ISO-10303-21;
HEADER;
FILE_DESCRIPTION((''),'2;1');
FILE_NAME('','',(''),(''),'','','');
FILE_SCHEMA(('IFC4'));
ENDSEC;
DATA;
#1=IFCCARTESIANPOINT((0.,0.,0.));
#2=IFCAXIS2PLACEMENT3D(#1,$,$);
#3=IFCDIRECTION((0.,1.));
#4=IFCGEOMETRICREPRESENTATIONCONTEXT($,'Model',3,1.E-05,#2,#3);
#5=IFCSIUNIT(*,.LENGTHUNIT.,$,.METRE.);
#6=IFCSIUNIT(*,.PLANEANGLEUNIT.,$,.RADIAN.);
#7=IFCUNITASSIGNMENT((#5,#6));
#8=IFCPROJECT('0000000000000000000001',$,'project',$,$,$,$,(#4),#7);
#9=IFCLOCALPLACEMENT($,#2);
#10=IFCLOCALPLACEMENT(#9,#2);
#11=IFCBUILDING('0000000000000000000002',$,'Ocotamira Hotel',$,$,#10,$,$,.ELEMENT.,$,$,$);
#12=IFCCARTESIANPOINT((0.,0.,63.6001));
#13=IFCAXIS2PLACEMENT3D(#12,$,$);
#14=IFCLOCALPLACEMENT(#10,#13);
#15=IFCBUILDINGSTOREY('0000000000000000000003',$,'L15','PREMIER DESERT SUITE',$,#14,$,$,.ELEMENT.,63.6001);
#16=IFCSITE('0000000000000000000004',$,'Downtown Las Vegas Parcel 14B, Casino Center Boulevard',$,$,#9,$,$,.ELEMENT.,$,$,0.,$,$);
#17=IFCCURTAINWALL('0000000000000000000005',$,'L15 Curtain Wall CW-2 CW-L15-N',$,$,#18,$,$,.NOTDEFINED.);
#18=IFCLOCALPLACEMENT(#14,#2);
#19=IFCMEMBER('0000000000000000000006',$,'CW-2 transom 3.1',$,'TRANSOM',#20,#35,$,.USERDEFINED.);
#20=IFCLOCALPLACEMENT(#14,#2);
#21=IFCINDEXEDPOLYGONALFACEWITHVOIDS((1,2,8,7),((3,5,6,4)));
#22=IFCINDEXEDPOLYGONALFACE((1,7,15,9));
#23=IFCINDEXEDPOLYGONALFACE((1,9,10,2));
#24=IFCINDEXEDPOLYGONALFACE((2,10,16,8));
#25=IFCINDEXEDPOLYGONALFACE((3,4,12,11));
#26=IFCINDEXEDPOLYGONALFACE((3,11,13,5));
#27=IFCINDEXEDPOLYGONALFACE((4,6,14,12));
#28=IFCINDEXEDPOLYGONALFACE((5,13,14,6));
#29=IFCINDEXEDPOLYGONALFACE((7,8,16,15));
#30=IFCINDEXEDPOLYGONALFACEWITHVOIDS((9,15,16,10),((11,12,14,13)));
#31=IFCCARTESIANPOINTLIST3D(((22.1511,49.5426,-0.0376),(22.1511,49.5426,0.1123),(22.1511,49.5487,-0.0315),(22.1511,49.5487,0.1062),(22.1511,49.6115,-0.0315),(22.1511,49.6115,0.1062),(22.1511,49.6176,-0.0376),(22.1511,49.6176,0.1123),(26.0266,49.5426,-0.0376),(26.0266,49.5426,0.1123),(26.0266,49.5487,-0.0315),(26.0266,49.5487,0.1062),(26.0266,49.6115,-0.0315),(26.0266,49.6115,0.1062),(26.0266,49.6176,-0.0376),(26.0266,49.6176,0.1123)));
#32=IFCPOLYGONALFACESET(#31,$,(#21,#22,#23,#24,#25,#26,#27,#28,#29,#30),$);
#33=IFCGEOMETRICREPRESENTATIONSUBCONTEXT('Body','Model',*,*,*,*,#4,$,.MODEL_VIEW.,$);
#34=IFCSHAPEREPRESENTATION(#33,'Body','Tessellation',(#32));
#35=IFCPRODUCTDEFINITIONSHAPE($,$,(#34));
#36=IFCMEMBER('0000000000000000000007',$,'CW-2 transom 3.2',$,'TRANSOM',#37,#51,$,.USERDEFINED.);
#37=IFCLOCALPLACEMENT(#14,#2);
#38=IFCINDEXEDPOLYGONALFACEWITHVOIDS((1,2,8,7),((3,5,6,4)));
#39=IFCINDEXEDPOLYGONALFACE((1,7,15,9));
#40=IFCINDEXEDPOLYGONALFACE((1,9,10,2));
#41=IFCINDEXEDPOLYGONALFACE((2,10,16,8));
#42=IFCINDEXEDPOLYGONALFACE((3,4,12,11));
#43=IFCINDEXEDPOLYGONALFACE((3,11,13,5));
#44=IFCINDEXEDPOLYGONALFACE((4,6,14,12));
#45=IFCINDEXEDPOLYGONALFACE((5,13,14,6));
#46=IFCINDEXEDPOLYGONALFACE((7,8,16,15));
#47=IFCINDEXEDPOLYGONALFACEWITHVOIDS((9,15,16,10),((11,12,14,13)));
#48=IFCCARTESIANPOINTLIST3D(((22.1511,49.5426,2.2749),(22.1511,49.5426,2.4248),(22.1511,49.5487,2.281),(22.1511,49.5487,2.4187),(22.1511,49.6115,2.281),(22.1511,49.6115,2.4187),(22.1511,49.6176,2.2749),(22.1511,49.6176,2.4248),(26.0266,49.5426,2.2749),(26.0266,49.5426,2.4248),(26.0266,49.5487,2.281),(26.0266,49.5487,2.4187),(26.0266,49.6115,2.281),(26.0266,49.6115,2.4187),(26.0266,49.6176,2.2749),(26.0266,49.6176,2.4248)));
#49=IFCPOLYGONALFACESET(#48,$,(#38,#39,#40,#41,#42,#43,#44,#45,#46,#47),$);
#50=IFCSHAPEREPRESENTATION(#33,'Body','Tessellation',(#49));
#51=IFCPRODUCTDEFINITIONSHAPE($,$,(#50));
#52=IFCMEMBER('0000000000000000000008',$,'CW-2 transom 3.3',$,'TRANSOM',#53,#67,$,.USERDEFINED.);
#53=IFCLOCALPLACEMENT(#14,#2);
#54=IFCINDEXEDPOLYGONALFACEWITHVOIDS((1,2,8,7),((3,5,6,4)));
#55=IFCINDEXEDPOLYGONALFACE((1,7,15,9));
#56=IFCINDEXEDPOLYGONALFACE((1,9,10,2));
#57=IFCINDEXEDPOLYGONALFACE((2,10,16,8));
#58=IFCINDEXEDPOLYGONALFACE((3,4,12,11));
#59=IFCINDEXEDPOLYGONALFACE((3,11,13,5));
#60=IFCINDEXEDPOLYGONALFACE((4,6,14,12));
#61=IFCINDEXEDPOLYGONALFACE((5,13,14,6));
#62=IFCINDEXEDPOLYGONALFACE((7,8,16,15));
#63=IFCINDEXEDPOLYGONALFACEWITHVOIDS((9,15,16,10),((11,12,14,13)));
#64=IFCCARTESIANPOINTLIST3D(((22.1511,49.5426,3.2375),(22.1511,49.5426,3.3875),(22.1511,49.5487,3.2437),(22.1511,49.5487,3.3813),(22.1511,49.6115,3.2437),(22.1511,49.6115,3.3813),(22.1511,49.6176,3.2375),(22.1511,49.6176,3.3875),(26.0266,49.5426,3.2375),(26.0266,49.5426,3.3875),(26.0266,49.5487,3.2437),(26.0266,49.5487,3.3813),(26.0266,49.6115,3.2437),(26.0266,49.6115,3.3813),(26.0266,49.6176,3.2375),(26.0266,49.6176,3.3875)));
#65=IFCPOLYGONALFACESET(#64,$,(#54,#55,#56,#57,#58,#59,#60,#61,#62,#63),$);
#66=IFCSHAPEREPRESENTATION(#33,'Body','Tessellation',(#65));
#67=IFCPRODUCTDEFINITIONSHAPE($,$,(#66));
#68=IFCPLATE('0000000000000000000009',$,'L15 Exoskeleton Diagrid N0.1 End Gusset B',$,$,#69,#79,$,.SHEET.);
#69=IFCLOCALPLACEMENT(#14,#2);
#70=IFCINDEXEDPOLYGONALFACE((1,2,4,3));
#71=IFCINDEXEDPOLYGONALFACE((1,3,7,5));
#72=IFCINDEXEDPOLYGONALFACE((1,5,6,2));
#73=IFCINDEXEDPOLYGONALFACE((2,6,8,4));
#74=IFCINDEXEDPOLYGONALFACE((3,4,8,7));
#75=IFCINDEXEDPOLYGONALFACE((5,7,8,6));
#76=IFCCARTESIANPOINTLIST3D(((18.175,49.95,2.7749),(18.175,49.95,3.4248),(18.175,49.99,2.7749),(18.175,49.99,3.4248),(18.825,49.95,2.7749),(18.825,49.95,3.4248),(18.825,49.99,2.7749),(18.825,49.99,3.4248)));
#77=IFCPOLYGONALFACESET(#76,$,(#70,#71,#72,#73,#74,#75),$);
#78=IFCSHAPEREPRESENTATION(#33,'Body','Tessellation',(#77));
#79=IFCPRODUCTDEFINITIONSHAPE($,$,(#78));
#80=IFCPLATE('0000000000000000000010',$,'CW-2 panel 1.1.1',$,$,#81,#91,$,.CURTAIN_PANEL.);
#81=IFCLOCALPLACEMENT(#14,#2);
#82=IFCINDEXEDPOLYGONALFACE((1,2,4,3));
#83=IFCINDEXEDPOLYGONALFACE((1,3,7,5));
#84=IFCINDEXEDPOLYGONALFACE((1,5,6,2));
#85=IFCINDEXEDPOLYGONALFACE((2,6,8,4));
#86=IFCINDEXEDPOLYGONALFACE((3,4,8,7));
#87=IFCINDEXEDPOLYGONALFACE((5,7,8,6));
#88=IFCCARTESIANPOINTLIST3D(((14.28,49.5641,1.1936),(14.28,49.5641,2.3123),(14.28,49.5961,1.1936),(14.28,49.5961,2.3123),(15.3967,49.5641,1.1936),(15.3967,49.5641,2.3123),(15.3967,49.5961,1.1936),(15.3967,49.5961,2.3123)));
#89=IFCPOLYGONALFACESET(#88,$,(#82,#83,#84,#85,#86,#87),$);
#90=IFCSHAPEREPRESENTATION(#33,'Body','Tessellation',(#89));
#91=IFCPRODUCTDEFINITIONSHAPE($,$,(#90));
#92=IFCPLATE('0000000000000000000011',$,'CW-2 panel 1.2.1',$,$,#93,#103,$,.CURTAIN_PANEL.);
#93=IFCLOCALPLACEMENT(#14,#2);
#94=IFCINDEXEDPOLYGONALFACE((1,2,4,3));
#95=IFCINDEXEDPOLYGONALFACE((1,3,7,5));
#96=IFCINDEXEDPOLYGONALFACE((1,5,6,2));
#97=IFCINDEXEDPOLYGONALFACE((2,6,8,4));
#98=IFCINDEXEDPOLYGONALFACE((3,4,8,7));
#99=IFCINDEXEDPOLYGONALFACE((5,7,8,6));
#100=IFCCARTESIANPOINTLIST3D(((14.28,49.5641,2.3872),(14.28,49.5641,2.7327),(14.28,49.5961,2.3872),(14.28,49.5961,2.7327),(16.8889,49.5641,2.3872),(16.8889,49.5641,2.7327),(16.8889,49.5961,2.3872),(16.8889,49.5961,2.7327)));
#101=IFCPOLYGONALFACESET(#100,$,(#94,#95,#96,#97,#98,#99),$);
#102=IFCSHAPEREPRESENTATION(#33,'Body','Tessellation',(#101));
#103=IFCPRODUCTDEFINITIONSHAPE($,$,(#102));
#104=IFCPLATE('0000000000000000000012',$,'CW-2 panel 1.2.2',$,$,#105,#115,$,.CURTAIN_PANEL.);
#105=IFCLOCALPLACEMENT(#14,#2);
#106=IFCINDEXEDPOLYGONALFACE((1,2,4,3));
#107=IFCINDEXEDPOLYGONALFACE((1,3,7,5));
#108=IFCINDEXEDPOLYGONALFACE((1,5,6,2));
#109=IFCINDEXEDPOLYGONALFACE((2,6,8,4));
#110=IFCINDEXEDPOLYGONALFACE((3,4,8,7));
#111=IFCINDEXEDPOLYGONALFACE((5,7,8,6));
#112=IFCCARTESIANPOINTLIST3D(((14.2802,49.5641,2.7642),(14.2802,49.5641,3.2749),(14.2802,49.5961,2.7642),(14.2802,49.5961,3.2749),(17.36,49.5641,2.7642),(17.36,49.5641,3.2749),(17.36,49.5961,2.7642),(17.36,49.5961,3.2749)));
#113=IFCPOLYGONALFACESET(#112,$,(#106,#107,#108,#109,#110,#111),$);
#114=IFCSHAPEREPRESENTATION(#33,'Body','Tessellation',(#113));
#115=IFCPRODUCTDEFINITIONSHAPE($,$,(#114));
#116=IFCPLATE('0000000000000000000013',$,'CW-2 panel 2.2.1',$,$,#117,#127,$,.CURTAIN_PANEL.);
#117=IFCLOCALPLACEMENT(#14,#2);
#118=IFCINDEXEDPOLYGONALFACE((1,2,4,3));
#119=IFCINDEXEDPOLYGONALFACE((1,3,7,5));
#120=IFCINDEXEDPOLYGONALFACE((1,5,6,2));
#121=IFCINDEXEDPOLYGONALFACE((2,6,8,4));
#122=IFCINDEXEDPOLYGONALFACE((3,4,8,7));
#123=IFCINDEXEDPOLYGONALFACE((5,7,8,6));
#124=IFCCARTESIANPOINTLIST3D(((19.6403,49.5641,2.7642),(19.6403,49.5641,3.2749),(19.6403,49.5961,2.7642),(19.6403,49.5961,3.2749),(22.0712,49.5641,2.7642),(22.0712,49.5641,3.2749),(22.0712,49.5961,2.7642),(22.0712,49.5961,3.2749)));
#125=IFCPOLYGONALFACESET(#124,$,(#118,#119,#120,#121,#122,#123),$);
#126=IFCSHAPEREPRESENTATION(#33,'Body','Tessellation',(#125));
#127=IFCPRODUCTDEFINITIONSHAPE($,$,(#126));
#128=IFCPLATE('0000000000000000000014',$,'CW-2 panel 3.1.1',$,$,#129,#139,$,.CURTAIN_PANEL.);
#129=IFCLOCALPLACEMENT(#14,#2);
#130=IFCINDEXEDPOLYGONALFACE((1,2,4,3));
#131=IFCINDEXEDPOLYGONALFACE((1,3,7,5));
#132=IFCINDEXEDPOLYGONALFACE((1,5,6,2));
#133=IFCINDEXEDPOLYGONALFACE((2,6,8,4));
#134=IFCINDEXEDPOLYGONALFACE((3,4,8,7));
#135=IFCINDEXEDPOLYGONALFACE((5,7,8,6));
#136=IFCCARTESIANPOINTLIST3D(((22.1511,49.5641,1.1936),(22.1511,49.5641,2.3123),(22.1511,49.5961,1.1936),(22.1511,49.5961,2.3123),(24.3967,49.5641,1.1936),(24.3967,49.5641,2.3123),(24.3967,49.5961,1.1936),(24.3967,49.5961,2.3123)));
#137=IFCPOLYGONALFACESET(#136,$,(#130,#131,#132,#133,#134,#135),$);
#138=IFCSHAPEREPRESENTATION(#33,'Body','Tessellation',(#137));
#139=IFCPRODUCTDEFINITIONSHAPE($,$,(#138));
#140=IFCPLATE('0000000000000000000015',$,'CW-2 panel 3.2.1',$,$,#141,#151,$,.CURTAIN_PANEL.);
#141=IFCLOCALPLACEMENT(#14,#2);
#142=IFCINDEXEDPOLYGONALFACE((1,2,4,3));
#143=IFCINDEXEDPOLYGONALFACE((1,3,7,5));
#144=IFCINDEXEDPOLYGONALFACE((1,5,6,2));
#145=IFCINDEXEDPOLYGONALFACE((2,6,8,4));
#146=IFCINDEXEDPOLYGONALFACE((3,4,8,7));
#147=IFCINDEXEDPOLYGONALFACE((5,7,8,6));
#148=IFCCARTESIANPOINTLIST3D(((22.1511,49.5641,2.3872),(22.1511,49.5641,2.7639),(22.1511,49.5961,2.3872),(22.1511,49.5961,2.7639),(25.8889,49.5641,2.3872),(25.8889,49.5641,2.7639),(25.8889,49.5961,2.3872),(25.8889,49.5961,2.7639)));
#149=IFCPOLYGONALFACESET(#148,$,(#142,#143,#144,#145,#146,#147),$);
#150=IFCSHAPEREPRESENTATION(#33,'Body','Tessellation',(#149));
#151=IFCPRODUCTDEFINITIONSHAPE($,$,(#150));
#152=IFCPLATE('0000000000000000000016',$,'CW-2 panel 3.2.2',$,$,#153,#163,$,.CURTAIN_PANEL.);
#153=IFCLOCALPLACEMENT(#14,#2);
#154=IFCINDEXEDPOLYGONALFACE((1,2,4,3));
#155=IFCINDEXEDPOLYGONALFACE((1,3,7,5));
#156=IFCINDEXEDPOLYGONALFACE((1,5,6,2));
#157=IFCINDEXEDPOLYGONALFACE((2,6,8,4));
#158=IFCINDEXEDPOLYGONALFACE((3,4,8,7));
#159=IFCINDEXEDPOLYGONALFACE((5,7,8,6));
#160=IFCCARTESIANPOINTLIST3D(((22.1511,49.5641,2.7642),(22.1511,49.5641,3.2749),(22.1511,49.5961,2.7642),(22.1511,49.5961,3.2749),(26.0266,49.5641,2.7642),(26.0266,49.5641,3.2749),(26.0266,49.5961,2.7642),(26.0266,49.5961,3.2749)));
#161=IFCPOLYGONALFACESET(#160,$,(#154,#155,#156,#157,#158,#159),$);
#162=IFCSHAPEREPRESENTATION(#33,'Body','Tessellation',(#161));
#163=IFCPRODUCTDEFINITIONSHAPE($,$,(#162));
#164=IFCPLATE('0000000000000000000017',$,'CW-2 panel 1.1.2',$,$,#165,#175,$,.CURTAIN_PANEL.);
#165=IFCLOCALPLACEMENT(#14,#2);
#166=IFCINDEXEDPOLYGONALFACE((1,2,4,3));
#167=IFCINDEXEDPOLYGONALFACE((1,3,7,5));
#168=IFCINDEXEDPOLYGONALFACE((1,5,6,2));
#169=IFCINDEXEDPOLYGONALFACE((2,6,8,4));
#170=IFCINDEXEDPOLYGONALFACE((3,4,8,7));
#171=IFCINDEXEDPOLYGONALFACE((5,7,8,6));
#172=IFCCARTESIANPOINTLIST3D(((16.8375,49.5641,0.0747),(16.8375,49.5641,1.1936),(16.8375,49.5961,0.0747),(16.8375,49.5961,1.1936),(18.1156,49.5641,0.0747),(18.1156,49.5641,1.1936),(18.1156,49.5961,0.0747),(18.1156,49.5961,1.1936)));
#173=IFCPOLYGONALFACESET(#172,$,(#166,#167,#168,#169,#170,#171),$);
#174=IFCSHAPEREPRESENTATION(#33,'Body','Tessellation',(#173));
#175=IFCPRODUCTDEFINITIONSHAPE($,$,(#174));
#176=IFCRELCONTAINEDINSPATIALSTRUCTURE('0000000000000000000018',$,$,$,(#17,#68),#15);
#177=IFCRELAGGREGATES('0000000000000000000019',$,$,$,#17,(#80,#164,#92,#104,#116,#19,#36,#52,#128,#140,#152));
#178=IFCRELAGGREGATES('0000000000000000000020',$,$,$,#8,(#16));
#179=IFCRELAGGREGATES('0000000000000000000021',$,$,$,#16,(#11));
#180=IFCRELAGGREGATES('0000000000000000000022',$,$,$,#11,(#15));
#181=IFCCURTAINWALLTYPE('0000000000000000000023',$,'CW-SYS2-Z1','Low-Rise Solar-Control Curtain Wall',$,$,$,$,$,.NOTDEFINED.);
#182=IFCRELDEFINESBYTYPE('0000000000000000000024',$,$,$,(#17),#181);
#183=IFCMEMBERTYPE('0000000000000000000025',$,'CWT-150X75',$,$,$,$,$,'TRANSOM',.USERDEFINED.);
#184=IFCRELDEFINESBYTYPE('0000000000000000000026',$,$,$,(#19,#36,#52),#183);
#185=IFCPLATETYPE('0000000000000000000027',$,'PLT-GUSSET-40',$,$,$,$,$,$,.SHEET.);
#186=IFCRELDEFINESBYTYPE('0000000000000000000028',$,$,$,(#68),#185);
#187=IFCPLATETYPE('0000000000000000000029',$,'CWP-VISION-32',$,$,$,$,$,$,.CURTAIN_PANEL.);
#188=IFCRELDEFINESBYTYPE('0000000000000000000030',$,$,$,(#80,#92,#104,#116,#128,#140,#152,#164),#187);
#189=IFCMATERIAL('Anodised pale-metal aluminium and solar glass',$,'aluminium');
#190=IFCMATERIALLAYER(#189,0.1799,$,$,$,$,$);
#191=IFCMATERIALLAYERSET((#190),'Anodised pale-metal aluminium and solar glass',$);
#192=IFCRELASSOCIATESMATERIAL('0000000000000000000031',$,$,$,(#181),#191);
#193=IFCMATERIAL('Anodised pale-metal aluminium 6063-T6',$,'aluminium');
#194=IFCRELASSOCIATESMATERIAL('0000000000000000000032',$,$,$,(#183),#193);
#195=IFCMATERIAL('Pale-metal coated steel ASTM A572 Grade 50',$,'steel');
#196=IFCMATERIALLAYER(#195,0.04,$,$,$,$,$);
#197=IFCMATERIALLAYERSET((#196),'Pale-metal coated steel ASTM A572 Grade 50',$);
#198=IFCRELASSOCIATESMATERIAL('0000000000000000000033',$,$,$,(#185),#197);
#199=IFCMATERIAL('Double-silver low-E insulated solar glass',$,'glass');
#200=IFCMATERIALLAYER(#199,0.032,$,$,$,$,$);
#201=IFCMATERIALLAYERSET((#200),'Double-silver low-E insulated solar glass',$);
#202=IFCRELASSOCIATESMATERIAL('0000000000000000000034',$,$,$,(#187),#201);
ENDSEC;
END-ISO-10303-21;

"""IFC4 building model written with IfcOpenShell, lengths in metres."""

from ifc_helpers import new_model, si_unit, direction, frame, origin, origin_2d, place, context, subcontext, project, spatial, rectangle, hollow_rectangle, extrude, source, transform, mapped, material, layer, layer_set, material_profile, profile_set, type_object, element, aggregate, save


model = new_model("IFC4")

# Units and contexts
model_context = context("Model", 3, precision=1e-05, world=origin(), true_north=direction((0.0, 1.0)))
body_context = subcontext(model_context, "Body", "Model", "MODEL_VIEW")
ifc_project = project(units=[si_unit("LENGTHUNIT", "METRE"), si_unit("PLANEANGLEUNIT", "RADIAN")], contexts=[model_context])

# Site, building, storey
site_placement = place(None, origin())
site = spatial("IfcSite", under=ifc_project, at=site_placement, Name="Downtown Las Vegas Parcel 14B, Casino Center Boulevard", CompositionType="ELEMENT", RefElevation=0.0)
building_placement = place(site_placement, origin())
building = spatial("IfcBuilding", under=site, at=building_placement, Name="Ocotamira Hotel", CompositionType="ELEMENT")
storey_placement = place(building_placement, frame((0.0, 0.0, 63.6001)))
storey = spatial("IfcBuildingStorey", under=building, at=storey_placement, Name="L15", Description="PREMIER DESERT SUITE", CompositionType="ELEMENT", Elevation=63.6001)

# Curtain wall, members
ifc_material_1 = material(Name="Anodised pale-metal aluminium and solar glass", Category="aluminium")
ifc_layer_1 = layer(ifc_material_1, 0.1799)
ifc_layer_set_1 = layer_set([ifc_layer_1], Name="Anodised pale-metal aluminium and solar glass")
curtain_wall_type = type_object("IfcCurtainWallType", Name="CW-SYS2-Z1", Description="Low-Rise Solar-Control Curtain Wall", PredefinedType="NOTDEFINED", material=ifc_layer_set_1)
curtain_wall_placement = place(storey_placement, origin())
curtain_wall = element("IfcCurtainWall", 1, at=curtain_wall_placement, inside=storey, type_object=curtain_wall_type, Name="L15 Curtain Wall CW-2 CW-L15-N", PredefinedType="NOTDEFINED")
ifc_material_2 = material(Name="Anodised pale-metal aluminium 6063-T6", Category="aluminium")
ifc_material_profile_1 = material_profile(ifc_material_2, hollow_rectangle(XDim=0.075, YDim=0.1499, WallThickness=0.0061, at=origin_2d()), Name="HSS150X75X6")
ifc_profile_set_1 = profile_set([ifc_material_profile_1], Name="Anodised pale-metal aluminium 6063-T6")
member_type_1 = type_object("IfcMemberType", Name="CWT-150X75", ElementType="TRANSOM", PredefinedType="USERDEFINED", material=ifc_profile_set_1)
shared_shape_1 = source(origin(), body_context, "Body", "SweptSolid", [
    extrude(hollow_rectangle(XDim=0.075, YDim=0.1499, WallThickness=0.0061, at=origin_2d()), origin(), (0.0, 0.0, 1.0), 3.8755),
])
member_1_placement = place(storey_placement, frame((22.1511, 49.5801, 0.0374), z_axis=(1.0, 0.0, 0.0), x_axis=(0.0, 1.0, 0.0)))
member_1 = element("IfcMember", 2, at=member_1_placement, type_object=member_type_1, Name="CW-2 transom 3.1", ObjectType="TRANSOM", PredefinedType="USERDEFINED", context=body_context, shape_type="MappedRepresentation", body=[
    mapped(shared_shape_1, transform((0.0, 0.0, 0.0), scale=1.0)),
])
member_2_placement = place(storey_placement, frame((22.1511, 49.5801, 2.3499), z_axis=(1.0, 0.0, 0.0), x_axis=(0.0, 1.0, 0.0)))
member_2 = element("IfcMember", 3, at=member_2_placement, type_object=member_type_1, Name="CW-2 transom 3.2", ObjectType="TRANSOM", PredefinedType="USERDEFINED", context=body_context, shape_type="MappedRepresentation", body=[
    mapped(shared_shape_1, transform((0.0, 0.0, 0.0), scale=1.0)),
])
member_3_placement = place(storey_placement, frame((22.1511, 49.5801, 3.3125), z_axis=(1.0, 0.0, 0.0), x_axis=(0.0, 1.0, 0.0)))
member_3 = element("IfcMember", 4, at=member_3_placement, type_object=member_type_1, Name="CW-2 transom 3.3", ObjectType="TRANSOM", PredefinedType="USERDEFINED", context=body_context, shape_type="MappedRepresentation", body=[
    mapped(shared_shape_1, transform((0.0, 0.0, 0.0), scale=1.0)),
])

# Plates
ifc_material_3 = material(Name="Pale-metal coated steel ASTM A572 Grade 50", Category="steel")
ifc_layer_2 = layer(ifc_material_3, 0.04)
ifc_layer_set_2 = layer_set([ifc_layer_2], Name="Pale-metal coated steel ASTM A572 Grade 50")
plate_type_1 = type_object("IfcPlateType", Name="PLT-GUSSET-40", PredefinedType="SHEET", material=ifc_layer_set_2)
shared_shape_2 = source(origin(), body_context, "Body", "SweptSolid", [
    extrude(rectangle(XDim=0.6499, YDim=0.04, at=origin_2d()), origin(), (0.0, 0.0, 1.0), 0.6499),
])
plate_1_placement = place(storey_placement, frame((18.5, 49.97, 2.7749), z_axis=(0.0, 0.0, 1.0), x_axis=(1.0, 0.0, 0.0)))
element("IfcPlate", 5, at=plate_1_placement, inside=storey, type_object=plate_type_1, Name="L15 Exoskeleton Diagrid N0.1 End Gusset B", PredefinedType="SHEET", context=body_context, shape_type="MappedRepresentation", body=[
    mapped(shared_shape_2, transform((0.0, 0.0, 0.0), scale=1.0)),
])
ifc_material_4 = material(Name="Double-silver low-E insulated solar glass", Category="glass")
ifc_layer_3 = layer(ifc_material_4, 0.032)
ifc_layer_set_3 = layer_set([ifc_layer_3], Name="Double-silver low-E insulated solar glass")
plate_type_2 = type_object("IfcPlateType", Name="CWP-VISION-32", PredefinedType="CURTAIN_PANEL", material=ifc_layer_set_3)
shared_shape_3 = source(origin(), body_context, "Body", "SweptSolid", [
    extrude(rectangle(XDim=1.1167, YDim=0.032, at=origin_2d()), origin(), (0.0, 0.0, 1.0), 1.1187),
])
plate_2_placement = place(storey_placement, frame((14.8384, 49.5801, 1.1936), z_axis=(0.0, 0.0, 1.0), x_axis=(1.0, 0.0, 0.0)))
plate_2 = element("IfcPlate", 6, at=plate_2_placement, type_object=plate_type_2, Name="CW-2 panel 1.1.1", PredefinedType="CURTAIN_PANEL", context=body_context, shape_type="MappedRepresentation", body=[
    mapped(shared_shape_3, transform((0.0, 0.0, 0.0), scale=1.0)),
])
shared_shape_4 = source(origin(), body_context, "Body", "SweptSolid", [
    extrude(rectangle(XDim=2.6089, YDim=0.032, at=origin_2d()), origin(), (0.0, 0.0, 1.0), 0.3455),
])
plate_3_placement = place(storey_placement, frame((15.5845, 49.5801, 2.3872), z_axis=(0.0, 0.0, 1.0), x_axis=(1.0, 0.0, 0.0)))
plate_3 = element("IfcPlate", 7, at=plate_3_placement, type_object=plate_type_2, Name="CW-2 panel 1.2.1", PredefinedType="CURTAIN_PANEL", context=body_context, shape_type="MappedRepresentation", body=[
    mapped(shared_shape_4, transform((0.0, 0.0, 0.0), scale=1.0)),
])
shared_shape_5 = source(origin(), body_context, "Body", "SweptSolid", [
    extrude(rectangle(XDim=3.0798, YDim=0.032, at=origin_2d()), origin(), (0.0, 0.0, 1.0), 0.5107),
])
plate_4_placement = place(storey_placement, frame((15.8201, 49.5801, 2.7642), z_axis=(0.0, 0.0, 1.0), x_axis=(1.0, 0.0, 0.0)))
plate_4 = element("IfcPlate", 8, at=plate_4_placement, type_object=plate_type_2, Name="CW-2 panel 1.2.2", PredefinedType="CURTAIN_PANEL", context=body_context, shape_type="MappedRepresentation", body=[
    mapped(shared_shape_5, transform((0.0, 0.0, 0.0), scale=1.0)),
])
shared_shape_6 = source(origin(), body_context, "Body", "SweptSolid", [
    extrude(rectangle(XDim=2.4309, YDim=0.032, at=origin_2d()), origin(), (0.0, 0.0, 1.0), 0.5107),
])
plate_5_placement = place(storey_placement, frame((20.8557, 49.5801, 2.7642), z_axis=(0.0, 0.0, 1.0), x_axis=(1.0, 0.0, 0.0)))
plate_5 = element("IfcPlate", 9, at=plate_5_placement, type_object=plate_type_2, Name="CW-2 panel 2.2.1", PredefinedType="CURTAIN_PANEL", context=body_context, shape_type="MappedRepresentation", body=[
    mapped(shared_shape_6, transform((0.0, 0.0, 0.0), scale=1.0)),
])
shared_shape_7 = source(origin(), body_context, "Body", "SweptSolid", [
    extrude(rectangle(XDim=2.2456, YDim=0.032, at=origin_2d()), origin(), (0.0, 0.0, 1.0), 1.1187),
])
plate_6_placement = place(storey_placement, frame((23.2739, 49.5801, 1.1936), z_axis=(0.0, 0.0, 1.0), x_axis=(1.0, 0.0, 0.0)))
plate_6 = element("IfcPlate", 10, at=plate_6_placement, type_object=plate_type_2, Name="CW-2 panel 3.1.1", PredefinedType="CURTAIN_PANEL", context=body_context, shape_type="MappedRepresentation", body=[
    mapped(shared_shape_7, transform((0.0, 0.0, 0.0), scale=1.0)),
])
shared_shape_8 = source(origin(), body_context, "Body", "SweptSolid", [
    extrude(rectangle(XDim=3.7378, YDim=0.032, at=origin_2d()), origin(), (0.0, 0.0, 1.0), 0.3767),
])
plate_7_placement = place(storey_placement, frame((24.02, 49.5801, 2.3872), z_axis=(0.0, 0.0, 1.0), x_axis=(1.0, 0.0, 0.0)))
plate_7 = element("IfcPlate", 11, at=plate_7_placement, type_object=plate_type_2, Name="CW-2 panel 3.2.1", PredefinedType="CURTAIN_PANEL", context=body_context, shape_type="MappedRepresentation", body=[
    mapped(shared_shape_8, transform((0.0, 0.0, 0.0), scale=1.0)),
])
shared_shape_9 = source(origin(), body_context, "Body", "SweptSolid", [
    extrude(rectangle(XDim=3.8755, YDim=0.032, at=origin_2d()), origin(), (0.0, 0.0, 1.0), 0.5107),
])
plate_8_placement = place(storey_placement, frame((24.0889, 49.5801, 2.7642), z_axis=(0.0, 0.0, 1.0), x_axis=(1.0, 0.0, 0.0)))
plate_8 = element("IfcPlate", 12, at=plate_8_placement, type_object=plate_type_2, Name="CW-2 panel 3.2.2", PredefinedType="CURTAIN_PANEL", context=body_context, shape_type="MappedRepresentation", body=[
    mapped(shared_shape_9, transform((0.0, 0.0, 0.0), scale=1.0)),
])
shared_shape_10 = source(origin(), body_context, "Body", "SweptSolid", [
    extrude(rectangle(XDim=1.2781, YDim=0.032, at=origin_2d()), origin(), (0.0, 0.0, 1.0), 1.1189),
])
plate_9_placement = place(storey_placement, frame((17.4766, 49.5801, 0.0747), z_axis=(0.0, 0.0, 1.0), x_axis=(1.0, 0.0, 0.0)))
plate_9 = element("IfcPlate", 13, at=plate_9_placement, type_object=plate_type_2, Name="CW-2 panel 1.1.2", PredefinedType="CURTAIN_PANEL", context=body_context, shape_type="MappedRepresentation", body=[
    mapped(shared_shape_10, transform((0.0, 0.0, 0.0), scale=1.0)),
])
aggregate(curtain_wall, [plate_2, plate_9, plate_3, plate_4, plate_5, member_1, member_2, member_3, plate_6, plate_7, plate_8])

save(model, "model.ifc")
